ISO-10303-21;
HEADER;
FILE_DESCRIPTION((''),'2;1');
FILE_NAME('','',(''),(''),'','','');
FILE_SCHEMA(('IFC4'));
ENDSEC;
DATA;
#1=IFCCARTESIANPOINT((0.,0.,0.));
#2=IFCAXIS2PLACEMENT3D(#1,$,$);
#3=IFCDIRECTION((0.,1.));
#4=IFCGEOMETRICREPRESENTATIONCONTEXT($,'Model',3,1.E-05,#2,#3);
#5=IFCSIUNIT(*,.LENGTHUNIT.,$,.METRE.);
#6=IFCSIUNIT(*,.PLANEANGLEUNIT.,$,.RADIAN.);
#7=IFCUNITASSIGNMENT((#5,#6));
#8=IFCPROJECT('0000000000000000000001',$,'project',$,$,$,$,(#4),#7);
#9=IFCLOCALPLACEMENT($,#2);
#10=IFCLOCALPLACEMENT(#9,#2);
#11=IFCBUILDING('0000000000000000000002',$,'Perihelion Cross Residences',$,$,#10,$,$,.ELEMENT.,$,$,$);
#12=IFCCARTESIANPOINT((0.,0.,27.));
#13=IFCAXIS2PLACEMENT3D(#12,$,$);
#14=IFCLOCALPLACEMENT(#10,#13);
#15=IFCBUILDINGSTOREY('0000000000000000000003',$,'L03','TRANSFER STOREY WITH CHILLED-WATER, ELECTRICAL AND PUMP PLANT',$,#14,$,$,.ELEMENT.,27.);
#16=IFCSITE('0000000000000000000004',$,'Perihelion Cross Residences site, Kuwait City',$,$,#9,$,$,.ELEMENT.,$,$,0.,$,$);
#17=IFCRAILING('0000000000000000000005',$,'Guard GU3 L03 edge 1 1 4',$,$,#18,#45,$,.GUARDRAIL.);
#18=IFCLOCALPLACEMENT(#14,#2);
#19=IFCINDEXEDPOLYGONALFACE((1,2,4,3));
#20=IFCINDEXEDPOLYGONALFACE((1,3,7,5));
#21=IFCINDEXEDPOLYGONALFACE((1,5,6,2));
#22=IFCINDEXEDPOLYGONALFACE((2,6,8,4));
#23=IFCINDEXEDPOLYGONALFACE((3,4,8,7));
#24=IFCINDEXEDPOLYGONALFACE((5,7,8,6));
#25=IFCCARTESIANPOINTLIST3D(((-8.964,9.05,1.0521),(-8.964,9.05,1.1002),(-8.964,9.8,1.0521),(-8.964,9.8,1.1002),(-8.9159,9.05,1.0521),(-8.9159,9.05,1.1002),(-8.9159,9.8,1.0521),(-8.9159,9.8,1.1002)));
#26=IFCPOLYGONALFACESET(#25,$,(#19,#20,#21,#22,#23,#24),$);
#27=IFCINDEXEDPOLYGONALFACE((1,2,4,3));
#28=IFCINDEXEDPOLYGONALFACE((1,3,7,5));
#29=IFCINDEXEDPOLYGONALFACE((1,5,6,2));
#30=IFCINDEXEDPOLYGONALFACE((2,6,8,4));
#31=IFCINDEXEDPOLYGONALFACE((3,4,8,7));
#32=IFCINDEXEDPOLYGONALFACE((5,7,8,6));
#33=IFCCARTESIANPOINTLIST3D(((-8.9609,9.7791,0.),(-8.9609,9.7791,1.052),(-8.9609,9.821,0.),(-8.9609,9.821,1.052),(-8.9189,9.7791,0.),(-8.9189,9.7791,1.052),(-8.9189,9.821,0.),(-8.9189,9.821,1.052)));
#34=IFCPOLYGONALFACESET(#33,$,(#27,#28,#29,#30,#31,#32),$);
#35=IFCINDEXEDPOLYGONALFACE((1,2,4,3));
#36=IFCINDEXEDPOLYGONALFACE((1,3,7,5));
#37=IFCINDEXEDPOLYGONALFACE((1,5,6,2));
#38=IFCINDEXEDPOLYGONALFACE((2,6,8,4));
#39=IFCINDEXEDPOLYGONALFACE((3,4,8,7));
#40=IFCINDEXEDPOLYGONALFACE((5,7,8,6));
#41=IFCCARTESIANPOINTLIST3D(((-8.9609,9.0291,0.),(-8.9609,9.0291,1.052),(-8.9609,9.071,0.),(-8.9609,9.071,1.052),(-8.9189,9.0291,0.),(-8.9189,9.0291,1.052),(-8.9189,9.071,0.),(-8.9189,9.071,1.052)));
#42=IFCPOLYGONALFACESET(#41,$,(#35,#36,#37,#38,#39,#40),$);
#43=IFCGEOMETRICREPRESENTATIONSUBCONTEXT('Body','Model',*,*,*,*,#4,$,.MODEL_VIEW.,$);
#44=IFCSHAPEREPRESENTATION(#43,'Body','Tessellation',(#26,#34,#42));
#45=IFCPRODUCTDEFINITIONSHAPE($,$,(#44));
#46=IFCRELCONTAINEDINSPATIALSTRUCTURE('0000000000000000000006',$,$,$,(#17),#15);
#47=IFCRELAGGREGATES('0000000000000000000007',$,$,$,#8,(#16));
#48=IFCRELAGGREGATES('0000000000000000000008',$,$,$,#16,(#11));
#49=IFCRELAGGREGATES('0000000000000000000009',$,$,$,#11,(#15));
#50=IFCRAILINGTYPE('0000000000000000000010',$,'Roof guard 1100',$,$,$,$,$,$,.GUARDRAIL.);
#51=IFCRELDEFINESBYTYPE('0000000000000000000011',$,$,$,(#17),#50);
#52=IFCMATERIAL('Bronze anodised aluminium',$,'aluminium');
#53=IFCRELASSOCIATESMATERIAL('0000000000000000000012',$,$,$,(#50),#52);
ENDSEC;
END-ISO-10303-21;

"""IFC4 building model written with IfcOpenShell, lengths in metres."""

from ifc_helpers import new_model, si_unit, direction, frame, origin, origin_2d, place, context, subcontext, project, spatial, rectangle, extrude, material, type_object, element, save


model = new_model("IFC4")

# Units and contexts
model_context = context("Model", 3, precision=1e-05, world=origin(), true_north=direction((0.0, 1.0)))
body_context = subcontext(model_context, "Body", "Model", "MODEL_VIEW")
ifc_project = project(units=[si_unit("LENGTHUNIT", "METRE"), si_unit("PLANEANGLEUNIT", "RADIAN")], contexts=[model_context])

# Site, building, storey
site_placement = place(None, origin())
site = spatial("IfcSite", under=ifc_project, at=site_placement, Name="Perihelion Cross Residences site, Kuwait City", CompositionType="ELEMENT", RefElevation=0.0)
building_placement = place(site_placement, origin())
building = spatial("IfcBuilding", under=site, at=building_placement, Name="Perihelion Cross Residences", CompositionType="ELEMENT")
storey_placement = place(building_placement, frame((0.0, 0.0, 27.0)))
storey = spatial("IfcBuildingStorey", under=building, at=storey_placement, Name="L03", Description="TRANSFER STOREY WITH CHILLED-WATER, ELECTRICAL AND PUMP PLANT", CompositionType="ELEMENT", Elevation=27.0)

# Railing
ifc_material_1 = material(Name="Bronze anodised aluminium", Category="aluminium")
railing_type = type_object("IfcRailingType", Name="Roof guard 1100", PredefinedType="GUARDRAIL", material=ifc_material_1)
railing_placement = place(storey_placement, frame((-8.9399, 9.8, 0.0)))
element("IfcRailing", 1, at=railing_placement, inside=storey, type_object=railing_type, Name="Guard GU3 L03 edge 1 1 4", PredefinedType="GUARDRAIL", context=body_context, shape_type="SweptSolid", body=[
    extrude(rectangle(XDim=0.0481, YDim=0.0481, at=origin_2d()), frame((0.0, 0.0, 1.0762), z_axis=(0.0, -1.0, 0.0), x_axis=(1.0, 0.0, 0.0)), (0.0, 0.0, 1.0), 0.75),
    extrude(rectangle(XDim=0.042, YDim=0.042, at=origin_2d()), origin(), (0.0, 0.0, 1.0), 1.052),
    extrude(rectangle(XDim=0.042, YDim=0.042, at=origin_2d()), frame((0.0, -0.75, 0.0)), (0.0, 0.0, 1.0), 1.052),
])

save(model, "model.ifc")
